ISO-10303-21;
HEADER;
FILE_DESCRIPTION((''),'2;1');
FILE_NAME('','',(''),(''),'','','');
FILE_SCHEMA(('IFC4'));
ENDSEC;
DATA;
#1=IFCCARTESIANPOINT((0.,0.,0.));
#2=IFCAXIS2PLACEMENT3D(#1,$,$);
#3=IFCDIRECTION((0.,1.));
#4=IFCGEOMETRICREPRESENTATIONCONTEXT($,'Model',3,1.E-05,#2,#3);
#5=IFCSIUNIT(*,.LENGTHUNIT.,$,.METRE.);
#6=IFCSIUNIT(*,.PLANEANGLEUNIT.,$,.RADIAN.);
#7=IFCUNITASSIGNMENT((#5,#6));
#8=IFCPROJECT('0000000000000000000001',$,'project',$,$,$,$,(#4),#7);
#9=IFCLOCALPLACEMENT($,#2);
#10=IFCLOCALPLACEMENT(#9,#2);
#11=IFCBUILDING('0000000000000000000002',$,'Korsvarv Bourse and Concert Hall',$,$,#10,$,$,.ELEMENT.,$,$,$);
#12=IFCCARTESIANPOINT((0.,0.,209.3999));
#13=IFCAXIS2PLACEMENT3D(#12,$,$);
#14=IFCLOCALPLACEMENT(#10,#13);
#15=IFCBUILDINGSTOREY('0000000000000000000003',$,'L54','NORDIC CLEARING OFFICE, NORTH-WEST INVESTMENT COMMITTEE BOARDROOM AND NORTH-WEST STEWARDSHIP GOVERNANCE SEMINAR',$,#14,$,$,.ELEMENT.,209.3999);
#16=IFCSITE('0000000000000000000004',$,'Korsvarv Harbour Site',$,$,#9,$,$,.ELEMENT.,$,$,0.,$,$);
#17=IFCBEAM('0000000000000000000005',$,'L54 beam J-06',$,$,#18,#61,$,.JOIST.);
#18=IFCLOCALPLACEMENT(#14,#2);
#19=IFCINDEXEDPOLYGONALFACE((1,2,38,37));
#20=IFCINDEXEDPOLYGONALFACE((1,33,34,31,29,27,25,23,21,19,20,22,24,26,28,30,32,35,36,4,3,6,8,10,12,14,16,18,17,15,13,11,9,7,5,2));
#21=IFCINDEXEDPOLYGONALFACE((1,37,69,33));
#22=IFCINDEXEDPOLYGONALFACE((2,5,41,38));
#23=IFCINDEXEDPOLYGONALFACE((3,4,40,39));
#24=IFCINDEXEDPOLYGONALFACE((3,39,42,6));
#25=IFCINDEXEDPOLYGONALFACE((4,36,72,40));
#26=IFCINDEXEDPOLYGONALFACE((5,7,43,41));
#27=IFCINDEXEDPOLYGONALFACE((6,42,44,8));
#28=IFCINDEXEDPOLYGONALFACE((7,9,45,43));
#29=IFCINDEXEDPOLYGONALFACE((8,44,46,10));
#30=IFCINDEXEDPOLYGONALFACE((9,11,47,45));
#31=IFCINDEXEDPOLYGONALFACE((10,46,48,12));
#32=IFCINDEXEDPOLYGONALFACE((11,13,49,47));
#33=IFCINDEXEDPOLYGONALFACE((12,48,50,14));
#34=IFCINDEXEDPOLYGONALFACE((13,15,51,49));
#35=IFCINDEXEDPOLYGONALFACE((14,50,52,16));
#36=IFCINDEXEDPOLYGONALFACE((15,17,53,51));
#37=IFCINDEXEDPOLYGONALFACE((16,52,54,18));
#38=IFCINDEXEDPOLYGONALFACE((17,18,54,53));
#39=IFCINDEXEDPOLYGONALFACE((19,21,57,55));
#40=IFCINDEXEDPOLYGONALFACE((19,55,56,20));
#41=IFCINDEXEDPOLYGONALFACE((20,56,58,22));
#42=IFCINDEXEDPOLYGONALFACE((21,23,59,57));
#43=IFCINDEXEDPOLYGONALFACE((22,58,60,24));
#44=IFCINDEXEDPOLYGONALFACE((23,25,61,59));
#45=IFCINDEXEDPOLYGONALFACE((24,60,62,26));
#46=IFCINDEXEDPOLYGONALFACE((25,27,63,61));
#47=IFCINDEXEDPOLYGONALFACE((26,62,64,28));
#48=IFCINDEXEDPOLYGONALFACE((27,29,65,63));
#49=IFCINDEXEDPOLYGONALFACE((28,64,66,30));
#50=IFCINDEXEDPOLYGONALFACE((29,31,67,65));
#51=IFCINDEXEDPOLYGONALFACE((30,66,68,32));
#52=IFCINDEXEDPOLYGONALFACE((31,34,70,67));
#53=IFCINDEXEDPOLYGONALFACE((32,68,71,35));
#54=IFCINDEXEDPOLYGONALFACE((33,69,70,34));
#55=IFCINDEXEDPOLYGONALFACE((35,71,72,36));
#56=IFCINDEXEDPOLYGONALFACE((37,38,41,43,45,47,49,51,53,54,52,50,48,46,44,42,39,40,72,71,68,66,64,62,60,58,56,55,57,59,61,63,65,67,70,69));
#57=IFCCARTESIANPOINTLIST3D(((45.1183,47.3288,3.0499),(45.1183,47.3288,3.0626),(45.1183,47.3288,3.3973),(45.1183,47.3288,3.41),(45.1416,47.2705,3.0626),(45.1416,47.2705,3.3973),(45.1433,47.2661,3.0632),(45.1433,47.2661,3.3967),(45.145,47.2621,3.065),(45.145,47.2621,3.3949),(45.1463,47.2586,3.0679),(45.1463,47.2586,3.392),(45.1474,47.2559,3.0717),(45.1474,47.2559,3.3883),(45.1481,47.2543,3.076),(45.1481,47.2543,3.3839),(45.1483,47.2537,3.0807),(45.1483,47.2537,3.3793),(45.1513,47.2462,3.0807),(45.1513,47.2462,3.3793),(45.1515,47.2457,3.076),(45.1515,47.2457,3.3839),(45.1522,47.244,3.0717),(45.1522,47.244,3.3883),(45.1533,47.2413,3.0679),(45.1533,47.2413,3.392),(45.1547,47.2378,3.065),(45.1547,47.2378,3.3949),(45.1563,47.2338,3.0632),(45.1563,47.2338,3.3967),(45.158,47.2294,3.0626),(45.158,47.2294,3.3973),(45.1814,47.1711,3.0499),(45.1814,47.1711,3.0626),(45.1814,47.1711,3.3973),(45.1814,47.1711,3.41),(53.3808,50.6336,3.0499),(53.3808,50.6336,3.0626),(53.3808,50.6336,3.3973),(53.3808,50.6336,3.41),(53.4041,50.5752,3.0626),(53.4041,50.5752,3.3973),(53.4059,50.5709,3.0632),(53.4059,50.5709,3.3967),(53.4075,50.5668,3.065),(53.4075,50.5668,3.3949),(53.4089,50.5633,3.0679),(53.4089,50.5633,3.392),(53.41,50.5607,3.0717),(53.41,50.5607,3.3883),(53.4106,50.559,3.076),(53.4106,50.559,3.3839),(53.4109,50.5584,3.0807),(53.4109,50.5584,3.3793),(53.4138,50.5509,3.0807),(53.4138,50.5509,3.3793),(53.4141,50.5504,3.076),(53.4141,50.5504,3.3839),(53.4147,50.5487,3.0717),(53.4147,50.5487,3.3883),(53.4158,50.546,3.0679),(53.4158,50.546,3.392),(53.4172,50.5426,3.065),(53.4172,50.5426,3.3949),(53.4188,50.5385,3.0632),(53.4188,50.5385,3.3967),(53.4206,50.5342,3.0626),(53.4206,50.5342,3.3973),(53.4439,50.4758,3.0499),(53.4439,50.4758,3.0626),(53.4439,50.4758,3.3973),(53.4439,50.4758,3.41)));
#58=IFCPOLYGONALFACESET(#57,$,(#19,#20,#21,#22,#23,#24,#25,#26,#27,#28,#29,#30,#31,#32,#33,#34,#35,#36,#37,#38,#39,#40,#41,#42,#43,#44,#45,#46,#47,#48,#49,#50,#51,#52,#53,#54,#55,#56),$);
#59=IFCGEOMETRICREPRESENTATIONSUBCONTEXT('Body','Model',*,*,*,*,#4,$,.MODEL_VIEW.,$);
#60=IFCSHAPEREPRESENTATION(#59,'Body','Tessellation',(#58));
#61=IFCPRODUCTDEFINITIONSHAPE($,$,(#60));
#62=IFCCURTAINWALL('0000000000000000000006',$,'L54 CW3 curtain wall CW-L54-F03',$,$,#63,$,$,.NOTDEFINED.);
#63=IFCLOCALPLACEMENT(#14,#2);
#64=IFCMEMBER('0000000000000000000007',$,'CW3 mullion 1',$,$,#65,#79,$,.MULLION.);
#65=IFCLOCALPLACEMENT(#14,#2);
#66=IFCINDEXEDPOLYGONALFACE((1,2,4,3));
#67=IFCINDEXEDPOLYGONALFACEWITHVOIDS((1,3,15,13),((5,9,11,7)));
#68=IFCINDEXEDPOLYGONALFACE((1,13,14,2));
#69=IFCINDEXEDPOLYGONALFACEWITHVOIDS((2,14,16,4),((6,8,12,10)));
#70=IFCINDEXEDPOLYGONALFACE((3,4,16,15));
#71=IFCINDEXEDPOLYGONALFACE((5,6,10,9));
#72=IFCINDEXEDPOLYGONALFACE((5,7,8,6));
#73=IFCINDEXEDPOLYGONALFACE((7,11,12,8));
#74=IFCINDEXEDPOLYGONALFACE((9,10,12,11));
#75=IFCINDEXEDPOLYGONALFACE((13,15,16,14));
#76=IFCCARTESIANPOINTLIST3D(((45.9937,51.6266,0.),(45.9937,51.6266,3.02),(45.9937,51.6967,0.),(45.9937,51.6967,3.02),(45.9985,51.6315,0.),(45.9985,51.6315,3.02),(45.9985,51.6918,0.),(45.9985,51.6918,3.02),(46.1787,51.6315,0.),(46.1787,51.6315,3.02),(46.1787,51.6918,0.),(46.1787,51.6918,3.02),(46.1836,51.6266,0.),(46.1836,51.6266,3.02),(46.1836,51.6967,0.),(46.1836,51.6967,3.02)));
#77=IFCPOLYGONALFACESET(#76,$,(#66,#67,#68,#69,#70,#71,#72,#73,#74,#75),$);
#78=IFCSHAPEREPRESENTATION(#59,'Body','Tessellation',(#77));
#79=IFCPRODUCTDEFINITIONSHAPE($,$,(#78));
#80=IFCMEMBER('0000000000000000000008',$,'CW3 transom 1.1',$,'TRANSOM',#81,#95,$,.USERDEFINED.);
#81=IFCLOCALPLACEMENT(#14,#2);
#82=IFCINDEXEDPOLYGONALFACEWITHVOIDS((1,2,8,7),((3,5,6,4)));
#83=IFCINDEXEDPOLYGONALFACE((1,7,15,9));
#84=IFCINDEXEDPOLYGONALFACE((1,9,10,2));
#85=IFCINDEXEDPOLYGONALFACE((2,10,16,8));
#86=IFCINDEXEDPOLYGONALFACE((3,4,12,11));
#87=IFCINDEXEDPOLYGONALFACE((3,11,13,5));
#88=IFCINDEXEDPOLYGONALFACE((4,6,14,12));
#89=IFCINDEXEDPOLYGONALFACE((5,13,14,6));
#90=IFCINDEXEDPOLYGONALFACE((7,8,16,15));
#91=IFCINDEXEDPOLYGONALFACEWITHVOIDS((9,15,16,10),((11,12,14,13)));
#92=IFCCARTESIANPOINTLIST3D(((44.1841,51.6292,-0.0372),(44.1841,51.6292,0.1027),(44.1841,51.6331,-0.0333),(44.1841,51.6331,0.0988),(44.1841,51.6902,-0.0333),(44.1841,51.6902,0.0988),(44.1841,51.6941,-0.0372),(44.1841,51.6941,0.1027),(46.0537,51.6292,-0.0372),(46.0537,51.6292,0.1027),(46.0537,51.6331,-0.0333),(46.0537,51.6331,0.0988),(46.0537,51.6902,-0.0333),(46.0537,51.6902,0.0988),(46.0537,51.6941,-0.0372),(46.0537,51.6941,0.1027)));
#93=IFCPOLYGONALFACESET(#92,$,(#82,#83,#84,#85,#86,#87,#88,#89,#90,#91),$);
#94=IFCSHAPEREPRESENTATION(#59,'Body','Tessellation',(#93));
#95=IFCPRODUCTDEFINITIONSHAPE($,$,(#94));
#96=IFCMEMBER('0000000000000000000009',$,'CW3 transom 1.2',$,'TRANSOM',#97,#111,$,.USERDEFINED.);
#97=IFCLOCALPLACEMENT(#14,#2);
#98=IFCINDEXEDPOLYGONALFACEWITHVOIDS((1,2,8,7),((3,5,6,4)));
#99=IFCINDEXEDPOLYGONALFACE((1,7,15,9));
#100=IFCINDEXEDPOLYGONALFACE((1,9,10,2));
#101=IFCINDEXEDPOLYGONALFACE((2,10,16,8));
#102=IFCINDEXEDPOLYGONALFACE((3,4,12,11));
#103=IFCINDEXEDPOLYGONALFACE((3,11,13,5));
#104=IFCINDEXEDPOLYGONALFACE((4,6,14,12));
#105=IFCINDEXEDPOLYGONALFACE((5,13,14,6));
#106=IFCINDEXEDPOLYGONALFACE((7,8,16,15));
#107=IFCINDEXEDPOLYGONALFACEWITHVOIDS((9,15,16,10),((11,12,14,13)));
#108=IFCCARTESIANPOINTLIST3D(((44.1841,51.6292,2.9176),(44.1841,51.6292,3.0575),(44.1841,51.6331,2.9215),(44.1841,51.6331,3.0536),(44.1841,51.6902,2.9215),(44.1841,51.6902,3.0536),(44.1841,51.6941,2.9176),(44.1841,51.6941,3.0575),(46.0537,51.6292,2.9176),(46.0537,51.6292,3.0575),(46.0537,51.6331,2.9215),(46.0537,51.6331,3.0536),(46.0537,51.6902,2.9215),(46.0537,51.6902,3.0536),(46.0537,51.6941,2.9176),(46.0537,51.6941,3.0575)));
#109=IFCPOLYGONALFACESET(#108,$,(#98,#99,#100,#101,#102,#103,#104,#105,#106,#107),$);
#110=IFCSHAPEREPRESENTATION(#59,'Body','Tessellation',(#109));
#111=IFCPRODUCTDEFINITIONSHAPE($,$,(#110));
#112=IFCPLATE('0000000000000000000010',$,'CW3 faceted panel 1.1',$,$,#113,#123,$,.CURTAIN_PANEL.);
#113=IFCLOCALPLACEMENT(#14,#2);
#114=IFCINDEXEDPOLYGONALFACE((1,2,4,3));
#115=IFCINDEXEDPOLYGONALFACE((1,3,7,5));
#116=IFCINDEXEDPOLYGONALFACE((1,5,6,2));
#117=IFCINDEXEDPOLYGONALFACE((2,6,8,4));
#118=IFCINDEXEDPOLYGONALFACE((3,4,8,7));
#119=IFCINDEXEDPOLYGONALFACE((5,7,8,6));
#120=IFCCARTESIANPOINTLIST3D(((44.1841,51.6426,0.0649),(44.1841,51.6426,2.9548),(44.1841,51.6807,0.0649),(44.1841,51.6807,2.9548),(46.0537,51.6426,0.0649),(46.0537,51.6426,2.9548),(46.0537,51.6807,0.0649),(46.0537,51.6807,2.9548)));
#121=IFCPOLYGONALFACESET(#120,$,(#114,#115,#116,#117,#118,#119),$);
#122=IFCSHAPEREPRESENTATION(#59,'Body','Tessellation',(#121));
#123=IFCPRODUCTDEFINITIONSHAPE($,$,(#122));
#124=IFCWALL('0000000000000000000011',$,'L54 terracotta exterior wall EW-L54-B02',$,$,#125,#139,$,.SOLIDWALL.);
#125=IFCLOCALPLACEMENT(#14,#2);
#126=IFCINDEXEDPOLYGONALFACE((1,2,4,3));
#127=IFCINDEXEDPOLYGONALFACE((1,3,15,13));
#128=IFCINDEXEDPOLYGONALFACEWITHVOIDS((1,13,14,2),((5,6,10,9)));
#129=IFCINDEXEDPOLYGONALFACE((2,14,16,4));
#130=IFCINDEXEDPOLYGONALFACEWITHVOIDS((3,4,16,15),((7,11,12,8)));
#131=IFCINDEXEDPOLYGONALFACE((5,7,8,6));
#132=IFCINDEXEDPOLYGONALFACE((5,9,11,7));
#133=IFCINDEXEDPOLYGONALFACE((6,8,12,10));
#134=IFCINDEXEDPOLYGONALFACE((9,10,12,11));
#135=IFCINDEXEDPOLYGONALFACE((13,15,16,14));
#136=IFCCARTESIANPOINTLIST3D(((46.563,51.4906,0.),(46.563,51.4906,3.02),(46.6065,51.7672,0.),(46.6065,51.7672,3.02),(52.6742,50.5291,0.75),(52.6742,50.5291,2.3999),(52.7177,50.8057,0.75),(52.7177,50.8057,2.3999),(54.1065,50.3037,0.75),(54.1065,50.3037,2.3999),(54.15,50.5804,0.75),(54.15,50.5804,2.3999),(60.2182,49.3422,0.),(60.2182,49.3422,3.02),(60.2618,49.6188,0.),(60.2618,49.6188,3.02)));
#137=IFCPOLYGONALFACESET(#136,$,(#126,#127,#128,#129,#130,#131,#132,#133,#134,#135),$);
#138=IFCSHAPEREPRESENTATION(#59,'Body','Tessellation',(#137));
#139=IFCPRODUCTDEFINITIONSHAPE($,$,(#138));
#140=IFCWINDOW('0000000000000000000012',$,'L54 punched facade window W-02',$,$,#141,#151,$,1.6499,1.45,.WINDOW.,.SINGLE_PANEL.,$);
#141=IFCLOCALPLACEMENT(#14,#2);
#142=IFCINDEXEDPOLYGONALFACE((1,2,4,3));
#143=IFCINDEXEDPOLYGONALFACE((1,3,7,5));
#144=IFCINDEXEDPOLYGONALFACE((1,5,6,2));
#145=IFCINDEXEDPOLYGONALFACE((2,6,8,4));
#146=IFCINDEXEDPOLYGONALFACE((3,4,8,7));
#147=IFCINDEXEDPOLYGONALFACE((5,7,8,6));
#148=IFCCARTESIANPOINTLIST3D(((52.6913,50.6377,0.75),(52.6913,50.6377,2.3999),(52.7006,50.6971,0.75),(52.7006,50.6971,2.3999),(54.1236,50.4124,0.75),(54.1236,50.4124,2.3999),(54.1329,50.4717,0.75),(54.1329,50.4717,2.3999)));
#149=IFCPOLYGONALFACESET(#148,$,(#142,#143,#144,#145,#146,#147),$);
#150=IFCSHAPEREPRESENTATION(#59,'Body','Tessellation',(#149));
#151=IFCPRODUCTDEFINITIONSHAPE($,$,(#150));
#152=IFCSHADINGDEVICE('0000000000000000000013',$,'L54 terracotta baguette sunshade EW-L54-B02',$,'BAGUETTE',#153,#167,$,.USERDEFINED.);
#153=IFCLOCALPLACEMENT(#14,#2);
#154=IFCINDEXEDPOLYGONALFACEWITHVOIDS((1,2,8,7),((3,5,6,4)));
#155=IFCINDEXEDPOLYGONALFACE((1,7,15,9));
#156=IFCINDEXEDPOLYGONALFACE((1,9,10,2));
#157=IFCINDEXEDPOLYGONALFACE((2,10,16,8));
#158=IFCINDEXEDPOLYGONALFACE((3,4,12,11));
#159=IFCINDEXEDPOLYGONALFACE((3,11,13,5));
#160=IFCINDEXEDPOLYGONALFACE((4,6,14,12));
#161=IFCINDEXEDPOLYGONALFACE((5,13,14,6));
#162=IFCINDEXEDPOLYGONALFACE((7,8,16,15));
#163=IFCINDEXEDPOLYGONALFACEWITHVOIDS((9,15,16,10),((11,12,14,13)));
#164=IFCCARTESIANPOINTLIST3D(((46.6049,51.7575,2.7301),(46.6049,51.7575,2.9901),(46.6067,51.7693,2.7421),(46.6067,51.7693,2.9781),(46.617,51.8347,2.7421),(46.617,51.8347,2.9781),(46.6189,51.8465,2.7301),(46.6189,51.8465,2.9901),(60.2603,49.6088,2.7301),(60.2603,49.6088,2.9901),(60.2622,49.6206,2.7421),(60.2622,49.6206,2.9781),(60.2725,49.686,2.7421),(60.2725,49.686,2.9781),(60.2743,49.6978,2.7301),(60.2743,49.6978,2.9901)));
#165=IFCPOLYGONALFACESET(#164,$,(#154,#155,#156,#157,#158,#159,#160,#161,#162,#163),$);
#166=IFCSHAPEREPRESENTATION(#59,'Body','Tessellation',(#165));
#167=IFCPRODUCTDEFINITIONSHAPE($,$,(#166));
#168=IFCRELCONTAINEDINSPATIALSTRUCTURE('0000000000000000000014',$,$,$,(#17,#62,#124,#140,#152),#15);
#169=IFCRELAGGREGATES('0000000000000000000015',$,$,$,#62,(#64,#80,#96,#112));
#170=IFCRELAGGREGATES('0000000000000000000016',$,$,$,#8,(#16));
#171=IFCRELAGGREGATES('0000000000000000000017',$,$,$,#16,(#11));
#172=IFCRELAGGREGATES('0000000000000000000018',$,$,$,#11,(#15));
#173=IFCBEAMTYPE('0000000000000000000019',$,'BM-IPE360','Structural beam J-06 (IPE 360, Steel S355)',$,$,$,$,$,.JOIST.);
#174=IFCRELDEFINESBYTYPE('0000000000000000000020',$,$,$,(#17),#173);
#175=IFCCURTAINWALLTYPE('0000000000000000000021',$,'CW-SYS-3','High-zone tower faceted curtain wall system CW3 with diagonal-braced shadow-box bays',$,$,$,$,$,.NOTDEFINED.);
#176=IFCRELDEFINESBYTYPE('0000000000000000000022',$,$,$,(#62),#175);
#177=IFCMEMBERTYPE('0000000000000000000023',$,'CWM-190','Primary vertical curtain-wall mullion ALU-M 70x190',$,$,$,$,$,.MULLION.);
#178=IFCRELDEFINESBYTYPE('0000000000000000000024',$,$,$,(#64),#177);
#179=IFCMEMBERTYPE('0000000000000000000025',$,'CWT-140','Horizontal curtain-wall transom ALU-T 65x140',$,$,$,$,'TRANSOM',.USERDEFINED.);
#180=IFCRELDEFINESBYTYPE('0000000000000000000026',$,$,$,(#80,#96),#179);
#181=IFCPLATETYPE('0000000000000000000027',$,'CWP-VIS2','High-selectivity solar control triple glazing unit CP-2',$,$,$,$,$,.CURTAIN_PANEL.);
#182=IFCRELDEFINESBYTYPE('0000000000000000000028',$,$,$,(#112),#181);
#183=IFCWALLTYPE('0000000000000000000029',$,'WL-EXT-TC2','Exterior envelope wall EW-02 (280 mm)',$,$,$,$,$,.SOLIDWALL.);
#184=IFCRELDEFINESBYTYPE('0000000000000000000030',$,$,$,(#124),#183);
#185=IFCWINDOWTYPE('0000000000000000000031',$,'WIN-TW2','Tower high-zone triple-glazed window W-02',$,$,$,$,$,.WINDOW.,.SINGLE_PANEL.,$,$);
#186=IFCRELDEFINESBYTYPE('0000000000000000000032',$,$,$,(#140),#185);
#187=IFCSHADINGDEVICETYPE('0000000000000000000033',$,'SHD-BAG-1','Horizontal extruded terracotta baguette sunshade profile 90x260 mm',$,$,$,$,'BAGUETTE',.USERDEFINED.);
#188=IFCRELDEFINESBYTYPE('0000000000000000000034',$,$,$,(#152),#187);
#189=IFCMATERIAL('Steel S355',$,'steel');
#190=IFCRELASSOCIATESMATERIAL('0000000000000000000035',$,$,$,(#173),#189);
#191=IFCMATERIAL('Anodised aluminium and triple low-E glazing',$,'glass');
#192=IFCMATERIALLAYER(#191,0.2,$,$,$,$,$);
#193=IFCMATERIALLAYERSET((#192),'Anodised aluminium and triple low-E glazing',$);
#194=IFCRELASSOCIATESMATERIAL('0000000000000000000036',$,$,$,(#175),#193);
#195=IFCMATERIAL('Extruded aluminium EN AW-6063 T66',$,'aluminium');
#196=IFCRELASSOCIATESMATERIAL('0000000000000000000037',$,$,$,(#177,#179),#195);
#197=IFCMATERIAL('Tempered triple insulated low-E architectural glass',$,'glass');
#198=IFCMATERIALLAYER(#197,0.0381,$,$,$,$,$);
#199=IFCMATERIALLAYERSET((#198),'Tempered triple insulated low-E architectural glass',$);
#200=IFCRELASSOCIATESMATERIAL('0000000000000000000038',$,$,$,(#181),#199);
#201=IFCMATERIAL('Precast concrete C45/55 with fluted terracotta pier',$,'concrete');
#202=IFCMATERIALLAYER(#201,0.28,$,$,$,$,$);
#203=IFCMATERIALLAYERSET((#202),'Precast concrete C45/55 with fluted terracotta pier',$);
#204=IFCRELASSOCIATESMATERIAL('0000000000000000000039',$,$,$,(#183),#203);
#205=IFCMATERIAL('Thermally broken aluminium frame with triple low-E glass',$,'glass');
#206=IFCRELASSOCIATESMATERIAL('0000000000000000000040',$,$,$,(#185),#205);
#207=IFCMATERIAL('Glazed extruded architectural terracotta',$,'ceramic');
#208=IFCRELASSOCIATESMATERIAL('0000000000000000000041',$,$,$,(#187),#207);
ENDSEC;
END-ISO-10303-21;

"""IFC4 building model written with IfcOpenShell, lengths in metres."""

from ifc_helpers import new_model, si_unit, direction, frame, frame_2d, origin, origin_2d, place, context, subcontext, project, spatial, rectangle, hollow_rectangle, i_section, extrude, source, transform, mapped, material, layer, layer_set, material_profile, profile_set, type_object, element, fill, aggregate, save


model = new_model("IFC4")

# Units and contexts
model_context = context("Model", 3, precision=1e-05, world=origin(), true_north=direction((0.0, 1.0)))
body_context = subcontext(model_context, "Body", "Model", "MODEL_VIEW")
ifc_project = project(units=[si_unit("LENGTHUNIT", "METRE"), si_unit("PLANEANGLEUNIT", "RADIAN")], contexts=[model_context])

# Site, building, storey
site_placement = place(None, origin())
site = spatial("IfcSite", under=ifc_project, at=site_placement, Name="Korsvarv Harbour Site", CompositionType="ELEMENT", RefElevation=0.0)
building_placement = place(site_placement, origin())
building = spatial("IfcBuilding", under=site, at=building_placement, Name="Korsvarv Bourse and Concert Hall", CompositionType="ELEMENT")
storey_placement = place(building_placement, frame((0.0, 0.0, 209.3999)))
storey = spatial("IfcBuildingStorey", under=building, at=storey_placement, Name="L54", Description="NORDIC CLEARING OFFICE, NORTH-WEST INVESTMENT COMMITTEE BOARDROOM AND NORTH-WEST STEWARDSHIP GOVERNANCE SEMINAR", CompositionType="ELEMENT", Elevation=209.3999)

# Shared definitions
ifc_material_1 = material(Name="Steel S355", Category="steel")

# Beam
ifc_material_profile_1 = material_profile(ifc_material_1, i_section(OverallWidth=0.1699, OverallDepth=0.3601, WebThickness=0.0081, FlangeThickness=0.0127, FilletRadius=0.0181, at=origin_2d()), Name="IPE 360")
ifc_profile_set_1 = profile_set([ifc_material_profile_1], Name="Steel S355")
beam_type_1 = type_object("IfcBeamType", Name="BM-IPE360", Description="Structural beam J-06 (IPE 360, Steel S355)", PredefinedType="JOIST", material=ifc_profile_set_1)
shared_shape_1 = source(origin(), body_context, "Body", "SweptSolid", [
    extrude(i_section(OverallWidth=0.1699, OverallDepth=0.3601, WebThickness=0.0081, FlangeThickness=0.0127, FilletRadius=0.0181, at=origin_2d()), origin(), (0.0, 0.0, 1.0), 8.8989),
])
beam_1_placement = place(storey_placement, frame((53.4124, 50.5547, 3.23), z_axis=(-0.928488, -0.371362, 0.0), x_axis=(0.371362, -0.928488, 0.0)))
element("IfcBeam", 1, at=beam_1_placement, inside=storey, type_object=beam_type_1, Name="L54 beam J-06", PredefinedType="JOIST", context=body_context, shape_type="MappedRepresentation", body=[
    mapped(shared_shape_1, transform((0.0, 0.0, 0.0), scale=1.0)),
])

# Curtain wall, members, plate
ifc_material_2 = material(Name="Anodised aluminium and triple low-E glazing", Category="glass")
ifc_layer_1 = layer(ifc_material_2, 0.2)
ifc_layer_set_1 = layer_set([ifc_layer_1], Name="Anodised aluminium and triple low-E glazing")
curtain_wall_type = type_object("IfcCurtainWallType", Name="CW-SYS-3", Description="High-zone tower faceted curtain wall system CW3 with diagonal-braced shadow-box bays", PredefinedType="NOTDEFINED", material=ifc_layer_set_1)
curtain_wall_placement = place(storey_placement, origin())
curtain_wall = element("IfcCurtainWall", 2, at=curtain_wall_placement, inside=storey, type_object=curtain_wall_type, Name="L54 CW3 curtain wall CW-L54-F03", PredefinedType="NOTDEFINED")
ifc_material_3 = material(Name="Extruded aluminium EN AW-6063 T66", Category="aluminium")
ifc_material_profile_2 = material_profile(ifc_material_3, hollow_rectangle(XDim=0.0701, YDim=0.1899, WallThickness=0.0049, at=origin_2d()), Name="ALU-M 70x190")
ifc_profile_set_2 = profile_set([ifc_material_profile_2], Name="Extruded aluminium EN AW-6063 T66")
member_type_1 = type_object("IfcMemberType", Name="CWM-190", Description="Primary vertical curtain-wall mullion ALU-M 70x190", PredefinedType="MULLION", material=ifc_profile_set_2)
shared_shape_2 = source(origin(), body_context, "Body", "SweptSolid", [
    extrude(hollow_rectangle(XDim=0.0701, YDim=0.1899, WallThickness=0.0049, at=origin_2d()), origin(), (0.0, 0.0, 1.0), 3.02),
])
member_1_placement = place(storey_placement, frame((46.0886, 51.6616, 0.0), z_axis=(0.0, 0.0, 1.0), x_axis=(0.0, -1.0, 0.0)))
member_1 = element("IfcMember", 3, at=member_1_placement, type_object=member_type_1, Name="CW3 mullion 1", PredefinedType="MULLION", context=body_context, shape_type="MappedRepresentation", body=[
    mapped(shared_shape_2, transform((0.0, 0.0, 0.0), scale=1.0)),
])
ifc_material_profile_3 = material_profile(ifc_material_3, hollow_rectangle(XDim=0.0649, YDim=0.1399, WallThickness=0.0039, at=origin_2d()), Name="ALU-T 65x140")
ifc_profile_set_3 = profile_set([ifc_material_profile_3], Name="Extruded aluminium EN AW-6063 T66")
member_type_2 = type_object("IfcMemberType", Name="CWT-140", Description="Horizontal curtain-wall transom ALU-T 65x140", ElementType="TRANSOM", PredefinedType="USERDEFINED", material=ifc_profile_set_3)
shared_shape_3 = source(origin(), body_context, "Body", "SweptSolid", [
    extrude(hollow_rectangle(XDim=0.0649, YDim=0.1399, WallThickness=0.0039, at=origin_2d()), origin(), (0.0, 0.0, 1.0), 1.8696),
])
member_2_placement = place(storey_placement, frame((46.0537, 51.6616, 0.0327), z_axis=(-1.0, 0.0, 0.0), x_axis=(0.0, -1.0, 0.0)))
member_2 = element("IfcMember", 4, at=member_2_placement, type_object=member_type_2, Name="CW3 transom 1.1", ObjectType="TRANSOM", PredefinedType="USERDEFINED", context=body_context, shape_type="MappedRepresentation", body=[
    mapped(shared_shape_3, transform((0.0, 0.0, 0.0), scale=1.0)),
])
member_3_placement = place(storey_placement, frame((46.0537, 51.6616, 2.9875), z_axis=(-1.0, 0.0, 0.0), x_axis=(0.0, -1.0, 0.0)))
member_3 = element("IfcMember", 5, at=member_3_placement, type_object=member_type_2, Name="CW3 transom 1.2", ObjectType="TRANSOM", PredefinedType="USERDEFINED", context=body_context, shape_type="MappedRepresentation", body=[
    mapped(shared_shape_3, transform((0.0, 0.0, 0.0), scale=1.0)),
])
ifc_material_4 = material(Name="Tempered triple insulated low-E architectural glass", Category="glass")
ifc_layer_2 = layer(ifc_material_4, 0.0381)
ifc_layer_set_2 = layer_set([ifc_layer_2], Name="Tempered triple insulated low-E architectural glass")
plate_type = type_object("IfcPlateType", Name="CWP-VIS2", Description="High-selectivity solar control triple glazing unit CP-2", PredefinedType="CURTAIN_PANEL", material=ifc_layer_set_2)
shared_shape_4 = source(origin(), body_context, "Body", "SweptSolid", [
    extrude(rectangle(XDim=1.8696, YDim=0.0381, at=origin_2d()), origin(), (0.0, 0.0, 1.0), 2.8899),
])
plate_placement = place(storey_placement, frame((45.1189, 51.6616, 0.0649), z_axis=(0.0, 0.0, 1.0), x_axis=(-1.0, 0.0, 0.0)))
plate = element("IfcPlate", 6, at=plate_placement, type_object=plate_type, Name="CW3 faceted panel 1.1", PredefinedType="CURTAIN_PANEL", context=body_context, shape_type="MappedRepresentation", body=[
    mapped(shared_shape_4, transform((0.0, 0.0, 0.0), scale=1.0)),
])
aggregate(curtain_wall, [member_1, member_2, member_3, plate])

# Wall, opening, window
ifc_material_5 = material(Name="Precast concrete C45/55 with fluted terracotta pier", Category="concrete")
ifc_layer_3 = layer(ifc_material_5, 0.28)
ifc_layer_set_3 = layer_set([ifc_layer_3], Name="Precast concrete C45/55 with fluted terracotta pier")
wall_type = type_object("IfcWallType", Name="WL-EXT-TC2", Description="Exterior envelope wall EW-02 (280 mm)", PredefinedType="SOLIDWALL", material=ifc_layer_set_3)
wall_placement = place(storey_placement, frame((60.24, 49.4805, 0.0), z_axis=(0.0, 0.0, 1.0), x_axis=(-0.987848, 0.155422, 0.0)))
wall = element("IfcWall", 7, at=wall_placement, inside=storey, type_object=wall_type, Name="L54 terracotta exterior wall EW-L54-B02", PredefinedType="SOLIDWALL", context=body_context, shape_type="SweptSolid", body=[
    extrude(rectangle(XDim=13.8232, YDim=0.28, at=frame_2d((6.9116, 0.0))), origin(), (0.0, 0.0, 1.0), 3.02),
])
opening_placement = place(wall_placement, frame((6.1868, 0.0, 0.75)))
opening = element("IfcOpeningElement", 8, at=opening_placement, cuts=wall, PredefinedType="OPENING", context=body_context, shape_type="SweptSolid", body=[
    extrude(rectangle(XDim=1.45, YDim=1.6499, at=frame_2d((0.7251, 0.825))), frame((0.0, 0.1499, 0.0), z_axis=(0.0, -1.0, 0.0), x_axis=(1.0, 0.0, 0.0)), (0.0, 0.0, 1.0), 0.3),
])
ifc_material_6 = material(Name="Thermally broken aluminium frame with triple low-E glass", Category="glass")
window_type = type_object("IfcWindowType", Name="WIN-TW2", Description="Tower high-zone triple-glazed window W-02", PartitioningType="SINGLE_PANEL", PredefinedType="WINDOW", material=ifc_material_6)
window_placement = place(opening_placement, origin())
window = element("IfcWindow", 9, at=window_placement, inside=storey, type_object=window_type, Name="L54 punched facade window W-02", OverallHeight=1.6499, OverallWidth=1.45, PartitioningType="SINGLE_PANEL", PredefinedType="WINDOW", context=body_context, shape_type="SweptSolid", body=[
    extrude(rectangle(XDim=1.45, YDim=1.6499, at=frame_2d((0.7251, 0.825))), frame((0.0, 0.03, 0.0), z_axis=(0.0, -1.0, 0.0), x_axis=(1.0, 0.0, 0.0)), (0.0, 0.0, 1.0), 0.0601),
])
fill(opening, window)

# Shading device
ifc_material_7 = material(Name="Glazed extruded architectural terracotta", Category="ceramic")
ifc_material_profile_4 = material_profile(ifc_material_7, hollow_rectangle(XDim=0.0901, YDim=0.26, WallThickness=0.012, at=origin_2d()), Name="TC-BAG 90x260")
ifc_profile_set_4 = profile_set([ifc_material_profile_4], Name="Glazed extruded architectural terracotta")
shading_device_type = type_object("IfcShadingDeviceType", Name="SHD-BAG-1", Description="Horizontal extruded terracotta baguette sunshade profile 90x260 mm", ElementType="BAGUETTE", PredefinedType="USERDEFINED", material=ifc_profile_set_4)
shared_shape_5 = source(origin(), body_context, "Body", "SweptSolid", [
    extrude(hollow_rectangle(XDim=0.0901, YDim=0.26, WallThickness=0.012, at=origin_2d()), origin(), (0.0, 0.0, 1.0), 13.8235),
])
shading_device_placement = place(storey_placement, frame((60.2673, 49.6533, 2.8601), z_axis=(-0.987846, 0.155437, 0.0), x_axis=(-0.155437, -0.987846, 0.0)))
element("IfcShadingDevice", 10, at=shading_device_placement, inside=storey, type_object=shading_device_type, Name="L54 terracotta baguette sunshade EW-L54-B02", ObjectType="BAGUETTE", PredefinedType="USERDEFINED", context=body_context, shape_type="MappedRepresentation", body=[
    mapped(shared_shape_5, transform((0.0, 0.0, 0.0), scale=1.0)),
])

save(model, "model.ifc")
